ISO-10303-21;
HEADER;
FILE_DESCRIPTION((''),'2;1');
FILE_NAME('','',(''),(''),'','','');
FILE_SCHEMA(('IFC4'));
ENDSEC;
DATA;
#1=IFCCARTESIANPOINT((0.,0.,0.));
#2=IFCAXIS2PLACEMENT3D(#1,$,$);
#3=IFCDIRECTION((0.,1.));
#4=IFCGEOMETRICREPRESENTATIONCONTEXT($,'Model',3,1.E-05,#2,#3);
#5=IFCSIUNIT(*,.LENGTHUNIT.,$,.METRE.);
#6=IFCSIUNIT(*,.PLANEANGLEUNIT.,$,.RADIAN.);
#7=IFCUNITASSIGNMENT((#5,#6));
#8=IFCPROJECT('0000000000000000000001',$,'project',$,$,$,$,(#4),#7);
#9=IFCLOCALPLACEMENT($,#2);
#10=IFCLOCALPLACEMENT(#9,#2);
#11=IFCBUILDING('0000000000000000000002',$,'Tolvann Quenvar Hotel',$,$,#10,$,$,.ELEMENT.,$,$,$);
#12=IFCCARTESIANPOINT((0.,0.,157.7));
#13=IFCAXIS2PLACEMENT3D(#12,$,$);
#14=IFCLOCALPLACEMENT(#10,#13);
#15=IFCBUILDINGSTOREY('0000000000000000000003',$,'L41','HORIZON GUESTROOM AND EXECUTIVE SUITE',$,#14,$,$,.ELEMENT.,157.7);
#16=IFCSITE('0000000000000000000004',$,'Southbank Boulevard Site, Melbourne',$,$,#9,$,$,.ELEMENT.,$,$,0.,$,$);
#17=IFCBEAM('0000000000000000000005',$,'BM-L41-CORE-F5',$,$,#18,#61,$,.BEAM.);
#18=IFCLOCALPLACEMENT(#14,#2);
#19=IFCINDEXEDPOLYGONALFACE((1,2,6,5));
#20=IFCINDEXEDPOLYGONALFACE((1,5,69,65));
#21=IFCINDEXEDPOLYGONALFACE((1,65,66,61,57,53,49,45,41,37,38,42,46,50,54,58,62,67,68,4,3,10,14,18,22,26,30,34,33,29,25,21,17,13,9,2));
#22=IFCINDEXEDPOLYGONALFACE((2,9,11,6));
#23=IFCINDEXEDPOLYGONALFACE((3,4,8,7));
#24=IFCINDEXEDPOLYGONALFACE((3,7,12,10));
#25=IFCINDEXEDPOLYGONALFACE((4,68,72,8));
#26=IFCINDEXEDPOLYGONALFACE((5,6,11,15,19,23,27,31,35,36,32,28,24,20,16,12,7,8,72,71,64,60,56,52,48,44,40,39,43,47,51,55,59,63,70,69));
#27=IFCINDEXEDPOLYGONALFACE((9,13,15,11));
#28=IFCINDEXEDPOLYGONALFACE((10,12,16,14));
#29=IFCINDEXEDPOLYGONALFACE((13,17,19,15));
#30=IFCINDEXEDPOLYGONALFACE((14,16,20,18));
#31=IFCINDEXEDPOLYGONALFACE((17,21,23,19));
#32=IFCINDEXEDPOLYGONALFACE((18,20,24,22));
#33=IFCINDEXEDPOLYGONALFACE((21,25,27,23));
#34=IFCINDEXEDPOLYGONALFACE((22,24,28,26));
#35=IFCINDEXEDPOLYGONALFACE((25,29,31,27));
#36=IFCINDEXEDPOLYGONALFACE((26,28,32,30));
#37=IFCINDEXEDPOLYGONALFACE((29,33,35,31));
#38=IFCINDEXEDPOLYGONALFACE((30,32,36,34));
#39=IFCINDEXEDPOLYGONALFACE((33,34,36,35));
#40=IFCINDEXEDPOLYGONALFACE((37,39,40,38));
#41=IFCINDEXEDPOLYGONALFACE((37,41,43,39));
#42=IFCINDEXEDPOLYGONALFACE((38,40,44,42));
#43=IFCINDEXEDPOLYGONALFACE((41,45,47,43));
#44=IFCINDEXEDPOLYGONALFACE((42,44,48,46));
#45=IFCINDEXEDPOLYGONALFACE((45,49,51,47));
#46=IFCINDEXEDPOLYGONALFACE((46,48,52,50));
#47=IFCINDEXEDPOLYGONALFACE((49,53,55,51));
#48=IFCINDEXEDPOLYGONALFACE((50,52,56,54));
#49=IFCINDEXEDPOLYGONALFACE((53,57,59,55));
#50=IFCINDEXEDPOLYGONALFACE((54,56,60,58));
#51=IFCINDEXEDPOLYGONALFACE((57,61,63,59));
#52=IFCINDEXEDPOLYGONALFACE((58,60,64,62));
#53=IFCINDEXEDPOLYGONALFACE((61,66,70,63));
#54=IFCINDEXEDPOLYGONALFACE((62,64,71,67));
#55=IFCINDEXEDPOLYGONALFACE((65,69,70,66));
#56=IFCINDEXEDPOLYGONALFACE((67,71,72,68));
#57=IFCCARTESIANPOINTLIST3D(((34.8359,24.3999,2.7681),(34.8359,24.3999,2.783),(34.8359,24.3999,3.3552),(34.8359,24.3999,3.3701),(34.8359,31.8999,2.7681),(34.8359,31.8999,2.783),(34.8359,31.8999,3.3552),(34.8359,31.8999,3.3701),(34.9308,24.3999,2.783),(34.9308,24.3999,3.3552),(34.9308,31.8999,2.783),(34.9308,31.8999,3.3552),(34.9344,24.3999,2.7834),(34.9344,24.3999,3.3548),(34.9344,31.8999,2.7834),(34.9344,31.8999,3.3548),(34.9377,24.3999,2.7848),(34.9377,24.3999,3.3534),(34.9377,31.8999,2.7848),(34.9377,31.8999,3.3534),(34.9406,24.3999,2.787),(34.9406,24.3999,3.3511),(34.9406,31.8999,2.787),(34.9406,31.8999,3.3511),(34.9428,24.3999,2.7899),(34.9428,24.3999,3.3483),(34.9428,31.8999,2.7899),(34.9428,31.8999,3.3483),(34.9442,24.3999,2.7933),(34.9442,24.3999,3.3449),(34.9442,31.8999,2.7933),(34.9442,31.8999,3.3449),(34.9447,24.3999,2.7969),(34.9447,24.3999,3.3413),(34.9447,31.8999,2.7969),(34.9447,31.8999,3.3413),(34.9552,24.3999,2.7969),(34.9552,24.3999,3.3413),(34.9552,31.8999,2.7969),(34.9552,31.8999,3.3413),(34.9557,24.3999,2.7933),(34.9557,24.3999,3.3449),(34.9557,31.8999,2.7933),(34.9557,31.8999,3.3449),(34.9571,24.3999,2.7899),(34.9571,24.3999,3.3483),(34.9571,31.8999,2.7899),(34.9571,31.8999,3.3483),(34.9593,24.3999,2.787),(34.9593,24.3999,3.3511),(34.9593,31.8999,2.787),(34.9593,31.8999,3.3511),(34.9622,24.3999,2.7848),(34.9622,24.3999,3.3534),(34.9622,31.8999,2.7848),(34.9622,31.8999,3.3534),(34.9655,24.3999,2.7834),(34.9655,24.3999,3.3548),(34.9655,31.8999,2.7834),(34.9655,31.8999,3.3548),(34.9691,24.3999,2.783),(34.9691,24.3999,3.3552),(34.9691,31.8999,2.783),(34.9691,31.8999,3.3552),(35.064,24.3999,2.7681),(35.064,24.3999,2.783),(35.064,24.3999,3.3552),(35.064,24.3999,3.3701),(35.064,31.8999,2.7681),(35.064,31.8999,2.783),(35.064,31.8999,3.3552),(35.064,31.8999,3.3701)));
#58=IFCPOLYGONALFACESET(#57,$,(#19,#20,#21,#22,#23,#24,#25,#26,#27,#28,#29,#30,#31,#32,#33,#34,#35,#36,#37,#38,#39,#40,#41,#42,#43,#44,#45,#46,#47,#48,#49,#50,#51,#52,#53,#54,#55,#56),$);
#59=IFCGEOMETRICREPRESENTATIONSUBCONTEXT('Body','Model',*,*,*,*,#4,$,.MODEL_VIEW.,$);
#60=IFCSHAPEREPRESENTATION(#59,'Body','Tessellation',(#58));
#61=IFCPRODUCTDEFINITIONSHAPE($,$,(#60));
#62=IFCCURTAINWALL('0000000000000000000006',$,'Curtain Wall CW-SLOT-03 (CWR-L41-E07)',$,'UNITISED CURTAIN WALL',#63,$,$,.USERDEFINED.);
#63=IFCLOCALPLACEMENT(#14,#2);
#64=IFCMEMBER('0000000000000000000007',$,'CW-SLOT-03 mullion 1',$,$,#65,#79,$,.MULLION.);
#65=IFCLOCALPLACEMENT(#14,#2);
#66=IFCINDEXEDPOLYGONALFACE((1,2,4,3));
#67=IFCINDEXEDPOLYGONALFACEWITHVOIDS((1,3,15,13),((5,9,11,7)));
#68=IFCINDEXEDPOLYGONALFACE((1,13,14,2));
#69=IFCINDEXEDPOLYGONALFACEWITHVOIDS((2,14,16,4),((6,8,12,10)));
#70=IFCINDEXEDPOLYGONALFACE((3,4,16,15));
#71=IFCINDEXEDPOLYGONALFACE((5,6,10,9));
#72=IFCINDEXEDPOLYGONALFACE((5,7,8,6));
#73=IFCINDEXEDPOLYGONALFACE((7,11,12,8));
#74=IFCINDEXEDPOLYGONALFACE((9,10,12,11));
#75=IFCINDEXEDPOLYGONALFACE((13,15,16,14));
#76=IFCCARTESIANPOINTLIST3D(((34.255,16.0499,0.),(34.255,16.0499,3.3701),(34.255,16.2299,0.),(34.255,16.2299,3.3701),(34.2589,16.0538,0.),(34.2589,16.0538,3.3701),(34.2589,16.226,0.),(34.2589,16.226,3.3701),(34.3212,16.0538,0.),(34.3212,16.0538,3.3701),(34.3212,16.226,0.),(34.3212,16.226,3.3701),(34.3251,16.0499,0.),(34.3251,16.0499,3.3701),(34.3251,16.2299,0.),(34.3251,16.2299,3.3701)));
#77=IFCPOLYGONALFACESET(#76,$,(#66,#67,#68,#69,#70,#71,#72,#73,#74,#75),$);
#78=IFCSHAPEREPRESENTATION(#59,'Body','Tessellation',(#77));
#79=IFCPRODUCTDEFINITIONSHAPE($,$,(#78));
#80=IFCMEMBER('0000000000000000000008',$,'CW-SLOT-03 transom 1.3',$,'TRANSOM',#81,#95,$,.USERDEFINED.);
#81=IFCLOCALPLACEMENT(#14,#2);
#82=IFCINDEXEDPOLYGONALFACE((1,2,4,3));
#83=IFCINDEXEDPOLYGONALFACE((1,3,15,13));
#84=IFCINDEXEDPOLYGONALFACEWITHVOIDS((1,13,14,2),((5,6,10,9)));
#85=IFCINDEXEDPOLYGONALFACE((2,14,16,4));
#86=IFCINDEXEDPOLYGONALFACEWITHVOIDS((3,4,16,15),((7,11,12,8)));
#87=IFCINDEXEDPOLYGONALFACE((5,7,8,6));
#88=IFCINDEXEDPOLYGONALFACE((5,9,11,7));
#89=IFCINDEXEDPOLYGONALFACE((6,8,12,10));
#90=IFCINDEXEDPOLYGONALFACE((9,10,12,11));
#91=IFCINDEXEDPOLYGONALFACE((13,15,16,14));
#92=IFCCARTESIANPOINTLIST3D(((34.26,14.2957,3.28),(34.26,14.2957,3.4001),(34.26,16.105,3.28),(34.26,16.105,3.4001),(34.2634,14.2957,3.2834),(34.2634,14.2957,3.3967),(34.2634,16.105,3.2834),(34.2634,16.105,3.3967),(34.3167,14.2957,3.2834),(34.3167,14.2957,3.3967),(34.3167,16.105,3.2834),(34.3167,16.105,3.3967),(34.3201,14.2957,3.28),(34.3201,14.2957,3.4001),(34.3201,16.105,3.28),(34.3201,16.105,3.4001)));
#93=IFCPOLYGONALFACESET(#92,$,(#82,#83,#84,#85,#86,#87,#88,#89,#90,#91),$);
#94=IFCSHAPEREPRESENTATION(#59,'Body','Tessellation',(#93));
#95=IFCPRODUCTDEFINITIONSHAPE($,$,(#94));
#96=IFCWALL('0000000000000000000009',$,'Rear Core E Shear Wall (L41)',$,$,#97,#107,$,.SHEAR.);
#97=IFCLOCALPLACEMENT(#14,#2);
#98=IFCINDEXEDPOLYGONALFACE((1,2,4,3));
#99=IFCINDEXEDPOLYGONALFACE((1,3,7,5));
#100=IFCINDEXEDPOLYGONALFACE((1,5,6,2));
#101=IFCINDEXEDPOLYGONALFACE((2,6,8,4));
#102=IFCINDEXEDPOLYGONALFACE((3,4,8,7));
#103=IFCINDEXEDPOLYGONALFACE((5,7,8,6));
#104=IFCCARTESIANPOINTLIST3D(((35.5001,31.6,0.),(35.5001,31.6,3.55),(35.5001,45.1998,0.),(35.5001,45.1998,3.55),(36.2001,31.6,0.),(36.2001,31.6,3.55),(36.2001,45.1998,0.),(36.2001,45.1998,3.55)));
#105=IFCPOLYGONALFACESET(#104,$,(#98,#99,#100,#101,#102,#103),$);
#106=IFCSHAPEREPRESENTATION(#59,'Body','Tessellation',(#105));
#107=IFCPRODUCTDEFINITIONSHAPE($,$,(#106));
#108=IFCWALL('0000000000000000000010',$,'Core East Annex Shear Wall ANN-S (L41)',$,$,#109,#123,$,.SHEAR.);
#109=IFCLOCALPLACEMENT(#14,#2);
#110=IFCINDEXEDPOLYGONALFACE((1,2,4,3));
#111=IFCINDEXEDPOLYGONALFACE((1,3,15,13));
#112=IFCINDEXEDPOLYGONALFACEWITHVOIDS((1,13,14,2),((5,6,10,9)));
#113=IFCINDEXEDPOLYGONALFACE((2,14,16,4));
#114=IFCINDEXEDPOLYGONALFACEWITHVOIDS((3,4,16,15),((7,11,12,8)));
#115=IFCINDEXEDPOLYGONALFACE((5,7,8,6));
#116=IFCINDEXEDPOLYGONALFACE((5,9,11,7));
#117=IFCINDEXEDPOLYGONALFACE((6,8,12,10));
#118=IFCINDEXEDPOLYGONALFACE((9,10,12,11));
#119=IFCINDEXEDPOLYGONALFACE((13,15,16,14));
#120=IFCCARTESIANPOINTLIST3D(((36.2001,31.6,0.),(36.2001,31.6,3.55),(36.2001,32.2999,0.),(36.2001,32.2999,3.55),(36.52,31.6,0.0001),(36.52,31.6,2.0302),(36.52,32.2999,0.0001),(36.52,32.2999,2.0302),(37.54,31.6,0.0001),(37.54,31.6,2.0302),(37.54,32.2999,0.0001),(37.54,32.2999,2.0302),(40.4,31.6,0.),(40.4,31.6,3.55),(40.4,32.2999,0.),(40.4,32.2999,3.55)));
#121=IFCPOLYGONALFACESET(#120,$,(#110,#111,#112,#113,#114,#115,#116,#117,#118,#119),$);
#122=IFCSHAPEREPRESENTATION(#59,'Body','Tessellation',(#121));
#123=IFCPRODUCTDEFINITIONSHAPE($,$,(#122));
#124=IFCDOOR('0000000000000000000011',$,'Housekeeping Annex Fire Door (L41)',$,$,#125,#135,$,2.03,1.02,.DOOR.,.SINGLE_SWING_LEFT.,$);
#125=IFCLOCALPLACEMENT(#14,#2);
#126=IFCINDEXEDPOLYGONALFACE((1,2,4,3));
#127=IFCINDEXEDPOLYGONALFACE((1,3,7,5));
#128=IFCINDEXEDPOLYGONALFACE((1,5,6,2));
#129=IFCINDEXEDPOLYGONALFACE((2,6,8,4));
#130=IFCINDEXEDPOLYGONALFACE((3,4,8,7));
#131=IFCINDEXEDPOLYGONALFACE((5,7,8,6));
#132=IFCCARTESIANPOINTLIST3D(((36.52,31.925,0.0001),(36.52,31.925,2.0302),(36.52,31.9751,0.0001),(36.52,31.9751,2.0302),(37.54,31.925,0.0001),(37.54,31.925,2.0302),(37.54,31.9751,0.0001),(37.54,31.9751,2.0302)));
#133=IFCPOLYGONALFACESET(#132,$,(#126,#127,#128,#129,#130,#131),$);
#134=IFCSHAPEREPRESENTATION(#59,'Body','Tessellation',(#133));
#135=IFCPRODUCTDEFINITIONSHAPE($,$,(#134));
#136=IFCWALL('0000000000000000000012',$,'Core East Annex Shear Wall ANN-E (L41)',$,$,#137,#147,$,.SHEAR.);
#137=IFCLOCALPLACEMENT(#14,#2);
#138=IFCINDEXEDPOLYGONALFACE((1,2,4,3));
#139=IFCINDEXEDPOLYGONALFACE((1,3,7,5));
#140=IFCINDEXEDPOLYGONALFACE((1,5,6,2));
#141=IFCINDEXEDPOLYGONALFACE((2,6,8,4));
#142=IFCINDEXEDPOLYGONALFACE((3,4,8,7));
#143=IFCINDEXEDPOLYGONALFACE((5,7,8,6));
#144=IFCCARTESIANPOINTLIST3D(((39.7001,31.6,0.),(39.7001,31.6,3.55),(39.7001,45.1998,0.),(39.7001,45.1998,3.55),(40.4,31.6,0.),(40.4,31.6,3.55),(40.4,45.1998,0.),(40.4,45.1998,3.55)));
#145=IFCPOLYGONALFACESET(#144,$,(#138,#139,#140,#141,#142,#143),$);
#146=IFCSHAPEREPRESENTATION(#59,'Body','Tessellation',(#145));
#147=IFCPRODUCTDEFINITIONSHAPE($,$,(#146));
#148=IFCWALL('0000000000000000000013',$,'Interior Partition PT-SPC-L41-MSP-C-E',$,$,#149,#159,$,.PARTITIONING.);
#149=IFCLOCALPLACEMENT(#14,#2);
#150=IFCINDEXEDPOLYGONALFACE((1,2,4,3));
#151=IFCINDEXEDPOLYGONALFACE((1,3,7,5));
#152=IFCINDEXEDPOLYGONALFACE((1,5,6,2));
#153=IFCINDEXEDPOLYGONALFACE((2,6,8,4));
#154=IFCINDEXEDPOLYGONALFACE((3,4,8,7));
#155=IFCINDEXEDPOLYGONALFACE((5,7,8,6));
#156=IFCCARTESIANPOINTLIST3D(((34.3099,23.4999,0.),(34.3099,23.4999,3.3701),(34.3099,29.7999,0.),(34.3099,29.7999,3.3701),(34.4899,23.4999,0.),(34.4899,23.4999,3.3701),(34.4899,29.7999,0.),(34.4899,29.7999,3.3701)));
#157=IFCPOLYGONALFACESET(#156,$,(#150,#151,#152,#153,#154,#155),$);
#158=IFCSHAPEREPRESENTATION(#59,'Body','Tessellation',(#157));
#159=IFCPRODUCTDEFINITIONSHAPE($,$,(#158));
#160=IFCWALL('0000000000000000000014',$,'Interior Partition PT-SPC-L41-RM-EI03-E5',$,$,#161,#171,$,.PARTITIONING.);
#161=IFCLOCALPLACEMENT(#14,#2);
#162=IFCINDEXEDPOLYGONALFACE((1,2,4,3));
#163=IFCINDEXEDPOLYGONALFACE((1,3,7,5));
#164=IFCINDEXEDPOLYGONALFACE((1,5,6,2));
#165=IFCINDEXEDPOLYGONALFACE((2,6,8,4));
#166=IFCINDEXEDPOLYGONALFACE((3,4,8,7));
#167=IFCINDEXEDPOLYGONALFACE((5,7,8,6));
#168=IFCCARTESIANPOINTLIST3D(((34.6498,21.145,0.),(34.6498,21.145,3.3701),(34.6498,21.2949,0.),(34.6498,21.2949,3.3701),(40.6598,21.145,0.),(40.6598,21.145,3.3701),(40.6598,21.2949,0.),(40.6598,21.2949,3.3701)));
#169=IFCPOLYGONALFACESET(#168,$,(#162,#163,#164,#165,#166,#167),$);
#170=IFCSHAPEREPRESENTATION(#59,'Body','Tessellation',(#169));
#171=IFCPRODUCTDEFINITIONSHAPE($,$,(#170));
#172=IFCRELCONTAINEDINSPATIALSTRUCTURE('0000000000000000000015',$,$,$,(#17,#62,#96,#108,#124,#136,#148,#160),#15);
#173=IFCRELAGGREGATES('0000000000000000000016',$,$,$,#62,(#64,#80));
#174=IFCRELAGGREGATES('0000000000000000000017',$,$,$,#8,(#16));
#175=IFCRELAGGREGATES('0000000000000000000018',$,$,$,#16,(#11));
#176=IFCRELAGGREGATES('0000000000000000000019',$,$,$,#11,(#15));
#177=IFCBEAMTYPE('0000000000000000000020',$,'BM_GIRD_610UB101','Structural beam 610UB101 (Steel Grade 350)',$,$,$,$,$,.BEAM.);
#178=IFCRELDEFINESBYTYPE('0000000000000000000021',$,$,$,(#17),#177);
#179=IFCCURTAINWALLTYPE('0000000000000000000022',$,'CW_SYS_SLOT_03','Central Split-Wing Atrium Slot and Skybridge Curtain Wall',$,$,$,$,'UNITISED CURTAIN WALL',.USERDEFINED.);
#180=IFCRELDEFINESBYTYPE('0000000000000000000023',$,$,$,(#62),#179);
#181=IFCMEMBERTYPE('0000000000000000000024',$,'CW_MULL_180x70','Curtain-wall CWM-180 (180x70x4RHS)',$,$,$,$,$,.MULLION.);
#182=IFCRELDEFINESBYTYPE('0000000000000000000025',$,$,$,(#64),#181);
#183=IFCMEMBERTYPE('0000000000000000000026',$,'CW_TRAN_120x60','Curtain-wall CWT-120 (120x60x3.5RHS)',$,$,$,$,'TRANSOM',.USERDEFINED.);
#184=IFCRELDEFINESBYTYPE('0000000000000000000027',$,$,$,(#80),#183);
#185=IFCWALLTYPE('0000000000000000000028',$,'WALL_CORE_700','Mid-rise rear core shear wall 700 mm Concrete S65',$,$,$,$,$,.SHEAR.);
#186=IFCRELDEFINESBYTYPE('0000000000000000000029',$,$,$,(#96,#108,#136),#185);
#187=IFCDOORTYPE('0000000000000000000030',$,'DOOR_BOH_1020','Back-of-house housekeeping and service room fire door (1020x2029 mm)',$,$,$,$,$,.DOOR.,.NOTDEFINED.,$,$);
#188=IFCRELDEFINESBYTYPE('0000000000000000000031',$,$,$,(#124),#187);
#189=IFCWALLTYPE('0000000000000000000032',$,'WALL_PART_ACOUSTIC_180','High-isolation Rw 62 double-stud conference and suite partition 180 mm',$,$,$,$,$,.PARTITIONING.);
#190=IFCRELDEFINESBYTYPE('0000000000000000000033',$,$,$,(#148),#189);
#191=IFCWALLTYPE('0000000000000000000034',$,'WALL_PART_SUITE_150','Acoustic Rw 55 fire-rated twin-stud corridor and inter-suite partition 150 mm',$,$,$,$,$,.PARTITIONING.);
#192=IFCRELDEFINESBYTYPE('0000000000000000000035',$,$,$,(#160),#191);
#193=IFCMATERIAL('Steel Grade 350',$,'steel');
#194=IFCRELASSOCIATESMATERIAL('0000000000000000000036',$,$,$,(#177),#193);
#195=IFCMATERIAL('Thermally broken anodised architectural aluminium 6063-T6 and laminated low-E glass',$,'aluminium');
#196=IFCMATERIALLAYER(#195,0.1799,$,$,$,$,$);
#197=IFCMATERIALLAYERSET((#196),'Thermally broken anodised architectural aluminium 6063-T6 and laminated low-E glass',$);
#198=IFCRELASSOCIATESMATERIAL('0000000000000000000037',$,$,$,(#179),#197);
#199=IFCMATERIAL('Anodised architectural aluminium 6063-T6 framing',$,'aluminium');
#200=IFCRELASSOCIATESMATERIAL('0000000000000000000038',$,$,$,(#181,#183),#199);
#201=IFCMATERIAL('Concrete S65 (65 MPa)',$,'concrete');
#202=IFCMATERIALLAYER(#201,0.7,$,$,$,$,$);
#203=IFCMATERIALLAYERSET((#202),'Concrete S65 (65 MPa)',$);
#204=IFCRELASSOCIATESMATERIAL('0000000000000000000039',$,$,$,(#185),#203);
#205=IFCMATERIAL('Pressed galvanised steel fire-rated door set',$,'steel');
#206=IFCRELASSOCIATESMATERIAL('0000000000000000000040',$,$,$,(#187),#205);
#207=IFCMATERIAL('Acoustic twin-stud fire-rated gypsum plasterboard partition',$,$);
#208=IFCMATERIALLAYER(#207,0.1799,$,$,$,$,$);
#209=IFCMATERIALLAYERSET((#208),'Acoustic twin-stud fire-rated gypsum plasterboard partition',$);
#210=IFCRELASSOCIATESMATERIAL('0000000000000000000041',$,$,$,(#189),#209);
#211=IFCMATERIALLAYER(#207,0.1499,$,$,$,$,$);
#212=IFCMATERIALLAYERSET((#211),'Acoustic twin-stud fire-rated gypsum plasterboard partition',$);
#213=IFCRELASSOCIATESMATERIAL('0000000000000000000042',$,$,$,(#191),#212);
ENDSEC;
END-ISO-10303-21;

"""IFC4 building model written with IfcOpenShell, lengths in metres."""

from ifc_helpers import new_model, si_unit, direction, frame, frame_2d, origin, origin_2d, place, context, subcontext, project, spatial, rectangle, hollow_rectangle, i_section, extrude, source, transform, mapped, material, layer, layer_set, material_profile, profile_set, type_object, type_shapes, element, fill, aggregate, save


model = new_model("IFC4")

# Units and contexts
model_context = context("Model", 3, precision=1e-05, world=origin(), true_north=direction((0.0, 1.0)))
body_context = subcontext(model_context, "Body", "Model", "MODEL_VIEW")
ifc_project = project(units=[si_unit("LENGTHUNIT", "METRE"), si_unit("PLANEANGLEUNIT", "RADIAN")], contexts=[model_context])

# Site, building, storey
site_placement = place(None, origin())
site = spatial("IfcSite", under=ifc_project, at=site_placement, Name="Southbank Boulevard Site, Melbourne", CompositionType="ELEMENT", RefElevation=0.0)
building_placement = place(site_placement, origin())
building = spatial("IfcBuilding", under=site, at=building_placement, Name="Tolvann Quenvar Hotel", CompositionType="ELEMENT")
storey_placement = place(building_placement, frame((0.0, 0.0, 157.7)))
storey = spatial("IfcBuildingStorey", under=building, at=storey_placement, Name="L41", Description="HORIZON GUESTROOM AND EXECUTIVE SUITE", CompositionType="ELEMENT", Elevation=157.7)

# Beam
ifc_material_1 = material(Name="Steel Grade 350", Category="steel")
ifc_material_profile_1 = material_profile(ifc_material_1, i_section(OverallWidth=0.228, OverallDepth=0.6021, WebThickness=0.0105, FlangeThickness=0.0149, FilletRadius=0.0139, at=origin_2d()), Name="610UB101")
ifc_profile_set_1 = profile_set([ifc_material_profile_1], Name="Steel Grade 350")
beam_type_1 = type_object("IfcBeamType", Name="BM_GIRD_610UB101", Description="Structural beam 610UB101 (Steel Grade 350)", PredefinedType="BEAM", material=ifc_profile_set_1)
shared_shape_1 = source(origin(), body_context, "Body", "SweptSolid", [
    extrude(i_section(OverallWidth=0.228, OverallDepth=0.6021, WebThickness=0.0105, FlangeThickness=0.0149, FilletRadius=0.0139, at=origin_2d()), origin(), (0.0, 0.0, 1.0), 7.5),
])
beam_1_placement = place(storey_placement, frame((34.95, 24.3999, 3.0691), z_axis=(0.0, 1.0, 0.0), x_axis=(-1.0, 0.0, 0.0)))
element("IfcBeam", 1, at=beam_1_placement, inside=storey, type_object=beam_type_1, Name="BM-L41-CORE-F5", PredefinedType="BEAM", context=body_context, shape_type="MappedRepresentation", body=[
    mapped(shared_shape_1, transform((0.0, 0.0, 0.0), x_axis=(1.0, 0.0, 0.0), y_axis=(0.0, 1.0, 0.0), z_axis=(0.0, 0.0, 1.0), scale=1.0)),
])

# Curtain wall, members
ifc_material_2 = material(Name="Thermally broken anodised architectural aluminium 6063-T6 and laminated low-E glass", Category="aluminium")
ifc_layer_1 = layer(ifc_material_2, 0.1799)
ifc_layer_set_1 = layer_set([ifc_layer_1], Name="Thermally broken anodised architectural aluminium 6063-T6 and laminated low-E glass")
curtain_wall_type = type_object("IfcCurtainWallType", Name="CW_SYS_SLOT_03", Description="Central Split-Wing Atrium Slot and Skybridge Curtain Wall", ElementType="UNITISED CURTAIN WALL", PredefinedType="USERDEFINED", material=ifc_layer_set_1)
curtain_wall_placement = place(storey_placement, origin())
curtain_wall = element("IfcCurtainWall", 2, at=curtain_wall_placement, inside=storey, type_object=curtain_wall_type, Name="Curtain Wall CW-SLOT-03 (CWR-L41-E07)", ObjectType="UNITISED CURTAIN WALL", PredefinedType="USERDEFINED")
ifc_material_3 = material(Name="Anodised architectural aluminium 6063-T6 framing", Category="aluminium")
ifc_material_profile_2 = material_profile(ifc_material_3, hollow_rectangle(XDim=0.0701, YDim=0.1799, WallThickness=0.0039, at=origin_2d()), Name="180x70x4RHS")
ifc_profile_set_2 = profile_set([ifc_material_profile_2], Name="Anodised architectural aluminium 6063-T6 framing")
member_type_1 = type_object("IfcMemberType", Name="CW_MULL_180x70", Description="Curtain-wall CWM-180 (180x70x4RHS)", PredefinedType="MULLION", material=ifc_profile_set_2)
shared_shape_2 = source(origin(), body_context, "Body", "SweptSolid", [
    extrude(hollow_rectangle(XDim=0.0701, YDim=0.1799, WallThickness=0.0039, at=origin_2d()), origin(), (0.0, 0.0, 1.0), 3.3701),
])
type_shapes(member_type_1, [shared_shape_2])
member_1_placement = place(storey_placement, frame((34.29, 16.1399, 0.0), z_axis=(0.0, 0.0, 1.0), x_axis=(1.0, 0.0, 0.0)))
member_1 = element("IfcMember", 3, at=member_1_placement, type_object=member_type_1, Name="CW-SLOT-03 mullion 1", PredefinedType="MULLION", context=body_context, shape_type="MappedRepresentation", body=[
    mapped(shared_shape_2, transform((0.0, 0.0, 0.0), x_axis=(1.0, 0.0, 0.0), y_axis=(0.0, 1.0, 0.0), z_axis=(0.0, 0.0, 1.0), scale=1.0)),
])
ifc_material_profile_3 = material_profile(ifc_material_3, hollow_rectangle(XDim=0.0601, YDim=0.1201, WallThickness=0.0034, at=origin_2d()), Name="120x60x3.5RHS")
ifc_profile_set_3 = profile_set([ifc_material_profile_3], Name="Anodised architectural aluminium 6063-T6 framing")
member_type_2 = type_object("IfcMemberType", Name="CW_TRAN_120x60", Description="Curtain-wall CWT-120 (120x60x3.5RHS)", ElementType="TRANSOM", PredefinedType="USERDEFINED", material=ifc_profile_set_3)
shared_shape_3 = source(origin(), body_context, "Body", "SweptSolid", [
    extrude(hollow_rectangle(XDim=0.0601, YDim=0.1201, WallThickness=0.0034, at=origin_2d()), origin(), (0.0, 0.0, 1.0), 1.8093),
])
type_shapes(member_type_2, [shared_shape_3])
member_2_placement = place(storey_placement, frame((34.29, 16.105, 3.3401), z_axis=(0.0, -1.0, 0.0), x_axis=(1.0, 0.0, 0.0)))
member_2 = element("IfcMember", 4, at=member_2_placement, type_object=member_type_2, Name="CW-SLOT-03 transom 1.3", ObjectType="TRANSOM", PredefinedType="USERDEFINED", context=body_context, shape_type="MappedRepresentation", body=[
    mapped(shared_shape_3, transform((0.0, 0.0, 0.0), x_axis=(1.0, 0.0, 0.0), y_axis=(0.0, 1.0, 0.0), z_axis=(0.0, 0.0, 1.0), scale=1.0)),
])
aggregate(curtain_wall, [member_1, member_2])

# Wall
ifc_material_4 = material(Name="Concrete S65 (65 MPa)", Category="concrete")
ifc_layer_2 = layer(ifc_material_4, 0.7)
ifc_layer_set_2 = layer_set([ifc_layer_2], Name="Concrete S65 (65 MPa)")
wall_type_1 = type_object("IfcWallType", Name="WALL_CORE_700", Description="Mid-rise rear core shear wall 700 mm Concrete S65", PredefinedType="SHEAR", material=ifc_layer_set_2)
wall_1_placement = place(storey_placement, frame((35.8501, 31.6001, 0.0), z_axis=(0.0, 0.0, 1.0), x_axis=(0.0, 1.0, 0.0)))
element("IfcWall", 5, at=wall_1_placement, inside=storey, type_object=wall_type_1, Name="Rear Core E Shear Wall (L41)", PredefinedType="SHEAR", context=body_context, shape_type="SweptSolid", body=[
    extrude(rectangle(XDim=13.5999, YDim=0.7, at=frame_2d((6.7998, 0.0))), origin(), (0.0, 0.0, 1.0), 3.55),
])

# Wall, opening, door
wall_2_placement = place(storey_placement, frame((36.2, 31.95, 0.0), z_axis=(0.0, 0.0, 1.0), x_axis=(1.0, 0.0, 0.0)))
wall_2 = element("IfcWall", 6, at=wall_2_placement, inside=storey, type_object=wall_type_1, Name="Core East Annex Shear Wall ANN-S (L41)", PredefinedType="SHEAR", context=body_context, shape_type="SweptSolid", body=[
    extrude(rectangle(XDim=4.2, YDim=0.7, at=frame_2d((2.1001, 0.0))), origin(), (0.0, 0.0, 1.0), 3.55),
])
opening_1_placement = place(wall_2_placement, frame((1.3401, 0.0, 0.0), z_axis=(0.0, 0.0, 1.0), x_axis=(-1.0, 0.0, 0.0)))
opening_1 = element("IfcOpeningElement", 7, at=opening_1_placement, cuts=wall_2, PredefinedType="OPENING", context=body_context, shape_type="SweptSolid", body=[
    extrude(rectangle(XDim=1.02, YDim=2.03, at=frame_2d((0.51, 1.0151))), frame((0.0, 0.3599, 0.0), z_axis=(0.0, -1.0, 0.0), x_axis=(1.0, 0.0, 0.0)), (0.0, 0.0, 1.0), 0.72),
])
ifc_material_5 = material(Name="Pressed galvanised steel fire-rated door set", Category="steel")
door_type_1 = type_object("IfcDoorType", Name="DOOR_BOH_1020", Description="Back-of-house housekeeping and service room fire door (1020x2029 mm)", OperationType="NOTDEFINED", PredefinedType="DOOR", material=ifc_material_5)
shared_shape_4 = source(origin(), body_context, "Body", "SweptSolid", [
    extrude(rectangle(XDim=1.02, YDim=2.03, at=frame_2d((0.51, 1.0151))), frame((0.0, 0.0249, 0.0), z_axis=(0.0, -1.0, 0.0), x_axis=(1.0, 0.0, 0.0)), (0.0, 0.0, 1.0), 0.05),
])
type_shapes(door_type_1, [shared_shape_4])
door_1_placement = place(opening_1_placement, origin())
door_1 = element("IfcDoor", 8, at=door_1_placement, inside=storey, type_object=door_type_1, Name="Housekeeping Annex Fire Door (L41)", OperationType="SINGLE_SWING_LEFT", OverallHeight=2.03, OverallWidth=1.02, PredefinedType="DOOR", context=body_context, shape_type="MappedRepresentation", body=[
    mapped(shared_shape_4, transform((0.0, 0.0, 0.0), x_axis=(1.0, 0.0, 0.0), y_axis=(0.0, 1.0, 0.0), z_axis=(0.0, 0.0, 1.0), scale=1.0)),
])
fill(opening_1, door_1)

# Walls
wall_3_placement = place(storey_placement, frame((40.05, 31.6001, 0.0), z_axis=(0.0, 0.0, 1.0), x_axis=(0.0, 1.0, 0.0)))
element("IfcWall", 9, at=wall_3_placement, inside=storey, type_object=wall_type_1, Name="Core East Annex Shear Wall ANN-E (L41)", PredefinedType="SHEAR", context=body_context, shape_type="SweptSolid", body=[
    extrude(rectangle(XDim=13.5999, YDim=0.7, at=frame_2d((6.7998, 0.0))), origin(), (0.0, 0.0, 1.0), 3.55),
])
ifc_material_6 = material(Name="Acoustic twin-stud fire-rated gypsum plasterboard partition")
ifc_layer_3 = layer(ifc_material_6, 0.1799)
ifc_layer_set_3 = layer_set([ifc_layer_3], Name="Acoustic twin-stud fire-rated gypsum plasterboard partition")
wall_type_2 = type_object("IfcWallType", Name="WALL_PART_ACOUSTIC_180", Description="High-isolation Rw 62 double-stud conference and suite partition 180 mm", PredefinedType="PARTITIONING", material=ifc_layer_set_3)
wall_4_placement = place(storey_placement, frame((34.3999, 23.5, 0.0), z_axis=(0.0, 0.0, 1.0), x_axis=(0.0, 1.0, 0.0)))
element("IfcWall", 10, at=wall_4_placement, inside=storey, type_object=wall_type_2, Name="Interior Partition PT-SPC-L41-MSP-C-E", PredefinedType="PARTITIONING", context=body_context, shape_type="SweptSolid", body=[
    extrude(rectangle(XDim=6.3, YDim=0.1799, at=frame_2d((3.1499, 0.0))), origin(), (0.0, 0.0, 1.0), 3.3701),
])
ifc_layer_4 = layer(ifc_material_6, 0.1499)
ifc_layer_set_4 = layer_set([ifc_layer_4], Name="Acoustic twin-stud fire-rated gypsum plasterboard partition")
wall_type_3 = type_object("IfcWallType", Name="WALL_PART_SUITE_150", Description="Acoustic Rw 55 fire-rated twin-stud corridor and inter-suite partition 150 mm", PredefinedType="PARTITIONING", material=ifc_layer_set_4)
wall_5_placement = place(storey_placement, frame((34.6499, 21.22, 0.0), z_axis=(0.0, 0.0, 1.0), x_axis=(1.0, 0.0, 0.0)))
element("IfcWall", 11, at=wall_5_placement, inside=storey, type_object=wall_type_3, Name="Interior Partition PT-SPC-L41-RM-EI03-E5", PredefinedType="PARTITIONING", context=body_context, shape_type="SweptSolid", body=[
    extrude(rectangle(XDim=6.01, YDim=0.1499, at=frame_2d((3.0049, 0.0))), origin(), (0.0, 0.0, 1.0), 3.3701),
])

save(model, "model.ifc")
